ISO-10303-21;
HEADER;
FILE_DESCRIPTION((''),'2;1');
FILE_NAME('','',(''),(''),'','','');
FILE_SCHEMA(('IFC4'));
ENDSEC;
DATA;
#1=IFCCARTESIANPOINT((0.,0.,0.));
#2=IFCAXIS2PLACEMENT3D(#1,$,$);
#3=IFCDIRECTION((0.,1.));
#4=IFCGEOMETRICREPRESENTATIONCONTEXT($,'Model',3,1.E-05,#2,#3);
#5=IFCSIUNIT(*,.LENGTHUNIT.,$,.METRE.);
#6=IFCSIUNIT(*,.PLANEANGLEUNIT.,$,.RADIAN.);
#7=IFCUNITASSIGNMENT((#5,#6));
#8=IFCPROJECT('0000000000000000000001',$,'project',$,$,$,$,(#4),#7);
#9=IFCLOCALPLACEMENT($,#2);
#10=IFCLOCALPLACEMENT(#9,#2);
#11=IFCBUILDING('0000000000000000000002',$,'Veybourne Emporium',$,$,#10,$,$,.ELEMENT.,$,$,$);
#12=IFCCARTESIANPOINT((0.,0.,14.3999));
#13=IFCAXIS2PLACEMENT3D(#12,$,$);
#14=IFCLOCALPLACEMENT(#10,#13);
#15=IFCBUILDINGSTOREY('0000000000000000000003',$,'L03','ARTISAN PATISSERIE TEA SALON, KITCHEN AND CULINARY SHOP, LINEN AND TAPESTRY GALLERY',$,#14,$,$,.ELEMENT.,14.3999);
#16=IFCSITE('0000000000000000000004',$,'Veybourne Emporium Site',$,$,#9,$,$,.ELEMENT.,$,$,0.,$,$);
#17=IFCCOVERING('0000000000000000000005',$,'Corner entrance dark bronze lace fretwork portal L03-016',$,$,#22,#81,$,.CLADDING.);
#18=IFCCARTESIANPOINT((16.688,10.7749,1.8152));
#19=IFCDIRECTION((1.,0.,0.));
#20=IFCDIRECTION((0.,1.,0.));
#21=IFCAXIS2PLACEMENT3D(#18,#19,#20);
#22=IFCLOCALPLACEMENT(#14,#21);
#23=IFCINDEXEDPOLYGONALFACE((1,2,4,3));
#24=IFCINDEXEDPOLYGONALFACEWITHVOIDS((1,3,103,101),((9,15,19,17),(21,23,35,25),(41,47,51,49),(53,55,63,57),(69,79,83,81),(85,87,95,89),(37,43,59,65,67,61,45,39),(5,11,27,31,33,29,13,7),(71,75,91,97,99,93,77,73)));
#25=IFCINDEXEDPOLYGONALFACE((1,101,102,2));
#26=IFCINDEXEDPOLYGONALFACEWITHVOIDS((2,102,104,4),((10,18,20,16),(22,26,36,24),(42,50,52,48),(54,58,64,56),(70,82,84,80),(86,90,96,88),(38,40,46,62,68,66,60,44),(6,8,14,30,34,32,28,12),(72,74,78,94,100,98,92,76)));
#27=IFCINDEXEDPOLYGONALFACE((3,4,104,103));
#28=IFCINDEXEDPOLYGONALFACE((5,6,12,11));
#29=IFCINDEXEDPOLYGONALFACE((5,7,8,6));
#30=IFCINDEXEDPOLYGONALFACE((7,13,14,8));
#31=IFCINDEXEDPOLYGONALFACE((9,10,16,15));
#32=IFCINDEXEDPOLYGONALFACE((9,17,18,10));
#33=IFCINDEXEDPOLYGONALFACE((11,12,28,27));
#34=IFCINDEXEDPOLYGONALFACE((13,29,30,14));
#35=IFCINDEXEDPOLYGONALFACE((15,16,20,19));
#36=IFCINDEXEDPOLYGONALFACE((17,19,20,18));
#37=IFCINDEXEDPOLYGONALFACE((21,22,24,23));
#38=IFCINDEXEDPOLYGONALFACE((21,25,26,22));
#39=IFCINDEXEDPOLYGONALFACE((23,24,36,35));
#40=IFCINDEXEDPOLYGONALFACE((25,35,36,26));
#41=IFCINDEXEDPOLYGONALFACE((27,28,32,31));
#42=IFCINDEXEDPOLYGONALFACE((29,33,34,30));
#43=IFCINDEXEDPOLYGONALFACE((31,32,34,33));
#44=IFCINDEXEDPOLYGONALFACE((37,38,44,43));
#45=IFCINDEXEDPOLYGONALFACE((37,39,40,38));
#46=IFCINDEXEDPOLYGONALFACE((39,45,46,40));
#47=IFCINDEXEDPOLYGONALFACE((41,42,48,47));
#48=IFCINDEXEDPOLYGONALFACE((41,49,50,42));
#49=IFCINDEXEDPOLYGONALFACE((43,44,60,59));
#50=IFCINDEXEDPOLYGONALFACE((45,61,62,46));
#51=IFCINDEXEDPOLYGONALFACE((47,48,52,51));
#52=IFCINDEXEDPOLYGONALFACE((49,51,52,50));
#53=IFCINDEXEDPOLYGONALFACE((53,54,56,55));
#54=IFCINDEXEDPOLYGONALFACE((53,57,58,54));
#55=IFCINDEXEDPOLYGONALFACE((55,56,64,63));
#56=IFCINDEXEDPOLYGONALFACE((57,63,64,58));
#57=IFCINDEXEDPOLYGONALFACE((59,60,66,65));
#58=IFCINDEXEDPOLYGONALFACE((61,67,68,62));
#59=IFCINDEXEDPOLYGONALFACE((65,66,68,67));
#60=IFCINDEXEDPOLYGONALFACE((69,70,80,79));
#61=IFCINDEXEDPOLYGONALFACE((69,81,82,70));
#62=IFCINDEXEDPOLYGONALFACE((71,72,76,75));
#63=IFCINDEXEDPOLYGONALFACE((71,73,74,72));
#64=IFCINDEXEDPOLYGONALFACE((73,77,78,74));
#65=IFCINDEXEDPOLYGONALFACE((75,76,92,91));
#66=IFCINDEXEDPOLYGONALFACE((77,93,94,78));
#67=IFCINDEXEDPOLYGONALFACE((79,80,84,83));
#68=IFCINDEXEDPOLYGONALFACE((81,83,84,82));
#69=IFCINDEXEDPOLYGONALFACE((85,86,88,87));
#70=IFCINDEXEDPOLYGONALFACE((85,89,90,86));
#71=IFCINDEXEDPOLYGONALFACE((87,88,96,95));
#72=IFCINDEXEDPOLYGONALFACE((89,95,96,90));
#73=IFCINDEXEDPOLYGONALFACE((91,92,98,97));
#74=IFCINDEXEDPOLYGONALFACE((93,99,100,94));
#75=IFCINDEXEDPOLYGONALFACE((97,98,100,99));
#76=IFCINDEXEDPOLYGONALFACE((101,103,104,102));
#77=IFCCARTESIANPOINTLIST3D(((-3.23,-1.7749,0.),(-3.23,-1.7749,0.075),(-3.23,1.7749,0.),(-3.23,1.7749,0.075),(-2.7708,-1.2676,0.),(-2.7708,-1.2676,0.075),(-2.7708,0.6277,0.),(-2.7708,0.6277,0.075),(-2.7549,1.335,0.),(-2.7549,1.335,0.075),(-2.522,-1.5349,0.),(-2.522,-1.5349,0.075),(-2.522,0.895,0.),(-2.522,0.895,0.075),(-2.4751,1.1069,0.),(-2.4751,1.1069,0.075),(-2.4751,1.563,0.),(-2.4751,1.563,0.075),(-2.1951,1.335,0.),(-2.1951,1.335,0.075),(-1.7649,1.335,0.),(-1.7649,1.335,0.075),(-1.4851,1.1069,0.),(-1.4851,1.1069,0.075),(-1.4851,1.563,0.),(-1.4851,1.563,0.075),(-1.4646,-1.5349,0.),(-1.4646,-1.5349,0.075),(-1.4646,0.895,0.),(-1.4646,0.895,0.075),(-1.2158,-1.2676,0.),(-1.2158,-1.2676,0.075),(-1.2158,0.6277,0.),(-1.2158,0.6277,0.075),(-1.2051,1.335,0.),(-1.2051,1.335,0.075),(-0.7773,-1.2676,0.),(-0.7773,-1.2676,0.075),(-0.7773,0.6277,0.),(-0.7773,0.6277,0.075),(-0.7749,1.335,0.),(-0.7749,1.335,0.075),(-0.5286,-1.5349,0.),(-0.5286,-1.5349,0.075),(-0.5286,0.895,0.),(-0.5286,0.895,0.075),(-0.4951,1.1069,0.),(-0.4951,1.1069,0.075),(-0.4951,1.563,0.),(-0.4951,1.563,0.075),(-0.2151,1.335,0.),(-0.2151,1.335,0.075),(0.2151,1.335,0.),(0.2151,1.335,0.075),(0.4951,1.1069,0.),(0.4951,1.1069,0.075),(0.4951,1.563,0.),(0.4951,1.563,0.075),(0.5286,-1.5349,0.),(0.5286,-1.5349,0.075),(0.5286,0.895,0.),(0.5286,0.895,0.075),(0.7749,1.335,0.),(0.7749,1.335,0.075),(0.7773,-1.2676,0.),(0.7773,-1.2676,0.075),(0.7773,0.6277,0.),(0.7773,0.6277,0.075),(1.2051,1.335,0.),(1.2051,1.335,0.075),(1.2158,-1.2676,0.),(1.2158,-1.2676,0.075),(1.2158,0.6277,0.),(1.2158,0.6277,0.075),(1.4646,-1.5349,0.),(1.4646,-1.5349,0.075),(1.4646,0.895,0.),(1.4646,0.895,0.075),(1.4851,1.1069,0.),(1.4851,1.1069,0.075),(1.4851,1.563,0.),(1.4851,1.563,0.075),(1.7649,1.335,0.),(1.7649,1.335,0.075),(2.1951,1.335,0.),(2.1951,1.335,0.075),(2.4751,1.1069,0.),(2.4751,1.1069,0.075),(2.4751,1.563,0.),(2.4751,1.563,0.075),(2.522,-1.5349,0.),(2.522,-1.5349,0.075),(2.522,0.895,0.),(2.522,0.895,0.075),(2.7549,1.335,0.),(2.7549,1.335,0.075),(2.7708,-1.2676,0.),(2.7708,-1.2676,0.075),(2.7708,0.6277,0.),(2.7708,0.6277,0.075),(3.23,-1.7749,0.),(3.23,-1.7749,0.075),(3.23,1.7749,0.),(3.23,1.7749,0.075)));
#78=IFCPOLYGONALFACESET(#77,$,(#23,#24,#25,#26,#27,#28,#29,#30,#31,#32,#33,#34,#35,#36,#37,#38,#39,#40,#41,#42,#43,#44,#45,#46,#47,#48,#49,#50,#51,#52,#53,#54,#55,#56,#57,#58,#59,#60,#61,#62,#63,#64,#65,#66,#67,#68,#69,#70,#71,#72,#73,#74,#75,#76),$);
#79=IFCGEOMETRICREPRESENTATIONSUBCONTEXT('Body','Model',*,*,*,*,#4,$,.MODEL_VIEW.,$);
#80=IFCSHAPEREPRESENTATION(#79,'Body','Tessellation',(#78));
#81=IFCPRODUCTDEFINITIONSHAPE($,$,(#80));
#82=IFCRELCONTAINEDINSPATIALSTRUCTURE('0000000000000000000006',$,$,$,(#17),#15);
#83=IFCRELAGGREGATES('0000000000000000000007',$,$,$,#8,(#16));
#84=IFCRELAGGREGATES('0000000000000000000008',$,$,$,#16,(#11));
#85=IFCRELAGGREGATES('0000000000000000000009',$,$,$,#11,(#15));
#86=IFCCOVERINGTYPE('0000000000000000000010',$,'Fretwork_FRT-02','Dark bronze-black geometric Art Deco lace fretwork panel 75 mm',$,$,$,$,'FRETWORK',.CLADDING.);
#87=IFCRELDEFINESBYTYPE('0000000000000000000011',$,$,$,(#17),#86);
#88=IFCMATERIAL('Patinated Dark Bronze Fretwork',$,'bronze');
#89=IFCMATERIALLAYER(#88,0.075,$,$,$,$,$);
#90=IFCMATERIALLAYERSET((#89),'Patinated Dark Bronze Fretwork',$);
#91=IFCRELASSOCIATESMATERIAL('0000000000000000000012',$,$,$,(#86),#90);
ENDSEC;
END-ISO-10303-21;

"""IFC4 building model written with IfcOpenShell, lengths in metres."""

from ifc_helpers import new_model, si_unit, direction, frame, origin, place, context, subcontext, project, spatial, polyline, outline, extrude, material, layer, layer_set, type_object, element, save


model = new_model("IFC4")

# Units and contexts
model_context = context("Model", 3, precision=1e-05, world=origin(), true_north=direction((0.0, 1.0)))
body_context = subcontext(model_context, "Body", "Model", "MODEL_VIEW")
ifc_project = project(units=[si_unit("LENGTHUNIT", "METRE"), si_unit("PLANEANGLEUNIT", "RADIAN")], contexts=[model_context])

# Site, building, storey
site_placement = place(None, origin())
site = spatial("IfcSite", under=ifc_project, at=site_placement, Name="Veybourne Emporium Site", CompositionType="ELEMENT", RefElevation=0.0)
building_placement = place(site_placement, origin())
building = spatial("IfcBuilding", under=site, at=building_placement, Name="Veybourne Emporium", CompositionType="ELEMENT")
storey_placement = place(building_placement, frame((0.0, 0.0, 14.3999)))
storey = spatial("IfcBuildingStorey", under=building, at=storey_placement, Name="L03", Description="ARTISAN PATISSERIE TEA SALON, KITCHEN AND CULINARY SHOP, LINEN AND TAPESTRY GALLERY", CompositionType="ELEMENT", Elevation=14.3999)

# Covering
ifc_material_1 = material(Name="Patinated Dark Bronze Fretwork", Category="bronze")
ifc_layer_1 = layer(ifc_material_1, 0.075)
ifc_layer_set_1 = layer_set([ifc_layer_1], Name="Patinated Dark Bronze Fretwork")
covering_type_1 = type_object("IfcCoveringType", Name="Fretwork_FRT-02", Description="Dark bronze-black geometric Art Deco lace fretwork panel 75 mm", ElementType="FRETWORK", PredefinedType="CLADDING", material=ifc_layer_set_1)
covering_1_placement = place(storey_placement, frame((16.688, 10.7749, 1.8152), z_axis=(1.0, 0.0, 0.0), x_axis=(0.0, 1.0, 0.0)))
element("IfcCovering", 1, at=covering_1_placement, inside=storey, type_object=covering_type_1, Name="Corner entrance dark bronze lace fretwork portal L03-016", PredefinedType="CLADDING", context=body_context, shape_type="SweptSolid", body=[
    extrude(outline(polyline([(-3.23, -1.7749), (3.23, -1.7749), (3.23, 1.7749), (-3.23, 1.7749), (-3.23, -1.7749)]), holes=[polyline([(-2.522, 0.895), (-1.4646, 0.895), (-1.2158, 0.6277), (-1.2158, -1.2676), (-1.4646, -1.5349), (-2.522, -1.5349), (-2.7708, -1.2676), (-2.7708, 0.6277), (-2.522, 0.895)]), polyline([(-0.5286, 0.895), (0.5286, 0.895), (0.7773, 0.6277), (0.7773, -1.2676), (0.5286, -1.5349), (-0.5286, -1.5349), (-0.7773, -1.2676), (-0.7773, 0.6277), (-0.5286, 0.895)]), polyline([(1.4646, 0.895), (2.522, 0.895), (2.7708, 0.6277), (2.7708, -1.2676), (2.522, -1.5349), (1.4646, -1.5349), (1.2158, -1.2676), (1.2158, 0.6277), (1.4646, 0.895)]), polyline([(-2.4751, 1.563), (-2.1951, 1.335), (-2.4751, 1.1069), (-2.7549, 1.335), (-2.4751, 1.563)]), polyline([(-1.4851, 1.563), (-1.2051, 1.335), (-1.4851, 1.1069), (-1.7649, 1.335), (-1.4851, 1.563)]), polyline([(-0.4951, 1.563), (-0.2151, 1.335), (-0.4951, 1.1069), (-0.7749, 1.335), (-0.4951, 1.563)]), polyline([(0.4951, 1.563), (0.7749, 1.335), (0.4951, 1.1069), (0.2151, 1.335), (0.4951, 1.563)]), polyline([(1.4851, 1.563), (1.7649, 1.335), (1.4851, 1.1069), (1.2051, 1.335), (1.4851, 1.563)]), polyline([(2.4751, 1.563), (2.7549, 1.335), (2.4751, 1.1069), (2.1951, 1.335), (2.4751, 1.563)])]), origin(), (0.0, 0.0, 1.0), 0.075),
])

save(model, "model.ifc")
